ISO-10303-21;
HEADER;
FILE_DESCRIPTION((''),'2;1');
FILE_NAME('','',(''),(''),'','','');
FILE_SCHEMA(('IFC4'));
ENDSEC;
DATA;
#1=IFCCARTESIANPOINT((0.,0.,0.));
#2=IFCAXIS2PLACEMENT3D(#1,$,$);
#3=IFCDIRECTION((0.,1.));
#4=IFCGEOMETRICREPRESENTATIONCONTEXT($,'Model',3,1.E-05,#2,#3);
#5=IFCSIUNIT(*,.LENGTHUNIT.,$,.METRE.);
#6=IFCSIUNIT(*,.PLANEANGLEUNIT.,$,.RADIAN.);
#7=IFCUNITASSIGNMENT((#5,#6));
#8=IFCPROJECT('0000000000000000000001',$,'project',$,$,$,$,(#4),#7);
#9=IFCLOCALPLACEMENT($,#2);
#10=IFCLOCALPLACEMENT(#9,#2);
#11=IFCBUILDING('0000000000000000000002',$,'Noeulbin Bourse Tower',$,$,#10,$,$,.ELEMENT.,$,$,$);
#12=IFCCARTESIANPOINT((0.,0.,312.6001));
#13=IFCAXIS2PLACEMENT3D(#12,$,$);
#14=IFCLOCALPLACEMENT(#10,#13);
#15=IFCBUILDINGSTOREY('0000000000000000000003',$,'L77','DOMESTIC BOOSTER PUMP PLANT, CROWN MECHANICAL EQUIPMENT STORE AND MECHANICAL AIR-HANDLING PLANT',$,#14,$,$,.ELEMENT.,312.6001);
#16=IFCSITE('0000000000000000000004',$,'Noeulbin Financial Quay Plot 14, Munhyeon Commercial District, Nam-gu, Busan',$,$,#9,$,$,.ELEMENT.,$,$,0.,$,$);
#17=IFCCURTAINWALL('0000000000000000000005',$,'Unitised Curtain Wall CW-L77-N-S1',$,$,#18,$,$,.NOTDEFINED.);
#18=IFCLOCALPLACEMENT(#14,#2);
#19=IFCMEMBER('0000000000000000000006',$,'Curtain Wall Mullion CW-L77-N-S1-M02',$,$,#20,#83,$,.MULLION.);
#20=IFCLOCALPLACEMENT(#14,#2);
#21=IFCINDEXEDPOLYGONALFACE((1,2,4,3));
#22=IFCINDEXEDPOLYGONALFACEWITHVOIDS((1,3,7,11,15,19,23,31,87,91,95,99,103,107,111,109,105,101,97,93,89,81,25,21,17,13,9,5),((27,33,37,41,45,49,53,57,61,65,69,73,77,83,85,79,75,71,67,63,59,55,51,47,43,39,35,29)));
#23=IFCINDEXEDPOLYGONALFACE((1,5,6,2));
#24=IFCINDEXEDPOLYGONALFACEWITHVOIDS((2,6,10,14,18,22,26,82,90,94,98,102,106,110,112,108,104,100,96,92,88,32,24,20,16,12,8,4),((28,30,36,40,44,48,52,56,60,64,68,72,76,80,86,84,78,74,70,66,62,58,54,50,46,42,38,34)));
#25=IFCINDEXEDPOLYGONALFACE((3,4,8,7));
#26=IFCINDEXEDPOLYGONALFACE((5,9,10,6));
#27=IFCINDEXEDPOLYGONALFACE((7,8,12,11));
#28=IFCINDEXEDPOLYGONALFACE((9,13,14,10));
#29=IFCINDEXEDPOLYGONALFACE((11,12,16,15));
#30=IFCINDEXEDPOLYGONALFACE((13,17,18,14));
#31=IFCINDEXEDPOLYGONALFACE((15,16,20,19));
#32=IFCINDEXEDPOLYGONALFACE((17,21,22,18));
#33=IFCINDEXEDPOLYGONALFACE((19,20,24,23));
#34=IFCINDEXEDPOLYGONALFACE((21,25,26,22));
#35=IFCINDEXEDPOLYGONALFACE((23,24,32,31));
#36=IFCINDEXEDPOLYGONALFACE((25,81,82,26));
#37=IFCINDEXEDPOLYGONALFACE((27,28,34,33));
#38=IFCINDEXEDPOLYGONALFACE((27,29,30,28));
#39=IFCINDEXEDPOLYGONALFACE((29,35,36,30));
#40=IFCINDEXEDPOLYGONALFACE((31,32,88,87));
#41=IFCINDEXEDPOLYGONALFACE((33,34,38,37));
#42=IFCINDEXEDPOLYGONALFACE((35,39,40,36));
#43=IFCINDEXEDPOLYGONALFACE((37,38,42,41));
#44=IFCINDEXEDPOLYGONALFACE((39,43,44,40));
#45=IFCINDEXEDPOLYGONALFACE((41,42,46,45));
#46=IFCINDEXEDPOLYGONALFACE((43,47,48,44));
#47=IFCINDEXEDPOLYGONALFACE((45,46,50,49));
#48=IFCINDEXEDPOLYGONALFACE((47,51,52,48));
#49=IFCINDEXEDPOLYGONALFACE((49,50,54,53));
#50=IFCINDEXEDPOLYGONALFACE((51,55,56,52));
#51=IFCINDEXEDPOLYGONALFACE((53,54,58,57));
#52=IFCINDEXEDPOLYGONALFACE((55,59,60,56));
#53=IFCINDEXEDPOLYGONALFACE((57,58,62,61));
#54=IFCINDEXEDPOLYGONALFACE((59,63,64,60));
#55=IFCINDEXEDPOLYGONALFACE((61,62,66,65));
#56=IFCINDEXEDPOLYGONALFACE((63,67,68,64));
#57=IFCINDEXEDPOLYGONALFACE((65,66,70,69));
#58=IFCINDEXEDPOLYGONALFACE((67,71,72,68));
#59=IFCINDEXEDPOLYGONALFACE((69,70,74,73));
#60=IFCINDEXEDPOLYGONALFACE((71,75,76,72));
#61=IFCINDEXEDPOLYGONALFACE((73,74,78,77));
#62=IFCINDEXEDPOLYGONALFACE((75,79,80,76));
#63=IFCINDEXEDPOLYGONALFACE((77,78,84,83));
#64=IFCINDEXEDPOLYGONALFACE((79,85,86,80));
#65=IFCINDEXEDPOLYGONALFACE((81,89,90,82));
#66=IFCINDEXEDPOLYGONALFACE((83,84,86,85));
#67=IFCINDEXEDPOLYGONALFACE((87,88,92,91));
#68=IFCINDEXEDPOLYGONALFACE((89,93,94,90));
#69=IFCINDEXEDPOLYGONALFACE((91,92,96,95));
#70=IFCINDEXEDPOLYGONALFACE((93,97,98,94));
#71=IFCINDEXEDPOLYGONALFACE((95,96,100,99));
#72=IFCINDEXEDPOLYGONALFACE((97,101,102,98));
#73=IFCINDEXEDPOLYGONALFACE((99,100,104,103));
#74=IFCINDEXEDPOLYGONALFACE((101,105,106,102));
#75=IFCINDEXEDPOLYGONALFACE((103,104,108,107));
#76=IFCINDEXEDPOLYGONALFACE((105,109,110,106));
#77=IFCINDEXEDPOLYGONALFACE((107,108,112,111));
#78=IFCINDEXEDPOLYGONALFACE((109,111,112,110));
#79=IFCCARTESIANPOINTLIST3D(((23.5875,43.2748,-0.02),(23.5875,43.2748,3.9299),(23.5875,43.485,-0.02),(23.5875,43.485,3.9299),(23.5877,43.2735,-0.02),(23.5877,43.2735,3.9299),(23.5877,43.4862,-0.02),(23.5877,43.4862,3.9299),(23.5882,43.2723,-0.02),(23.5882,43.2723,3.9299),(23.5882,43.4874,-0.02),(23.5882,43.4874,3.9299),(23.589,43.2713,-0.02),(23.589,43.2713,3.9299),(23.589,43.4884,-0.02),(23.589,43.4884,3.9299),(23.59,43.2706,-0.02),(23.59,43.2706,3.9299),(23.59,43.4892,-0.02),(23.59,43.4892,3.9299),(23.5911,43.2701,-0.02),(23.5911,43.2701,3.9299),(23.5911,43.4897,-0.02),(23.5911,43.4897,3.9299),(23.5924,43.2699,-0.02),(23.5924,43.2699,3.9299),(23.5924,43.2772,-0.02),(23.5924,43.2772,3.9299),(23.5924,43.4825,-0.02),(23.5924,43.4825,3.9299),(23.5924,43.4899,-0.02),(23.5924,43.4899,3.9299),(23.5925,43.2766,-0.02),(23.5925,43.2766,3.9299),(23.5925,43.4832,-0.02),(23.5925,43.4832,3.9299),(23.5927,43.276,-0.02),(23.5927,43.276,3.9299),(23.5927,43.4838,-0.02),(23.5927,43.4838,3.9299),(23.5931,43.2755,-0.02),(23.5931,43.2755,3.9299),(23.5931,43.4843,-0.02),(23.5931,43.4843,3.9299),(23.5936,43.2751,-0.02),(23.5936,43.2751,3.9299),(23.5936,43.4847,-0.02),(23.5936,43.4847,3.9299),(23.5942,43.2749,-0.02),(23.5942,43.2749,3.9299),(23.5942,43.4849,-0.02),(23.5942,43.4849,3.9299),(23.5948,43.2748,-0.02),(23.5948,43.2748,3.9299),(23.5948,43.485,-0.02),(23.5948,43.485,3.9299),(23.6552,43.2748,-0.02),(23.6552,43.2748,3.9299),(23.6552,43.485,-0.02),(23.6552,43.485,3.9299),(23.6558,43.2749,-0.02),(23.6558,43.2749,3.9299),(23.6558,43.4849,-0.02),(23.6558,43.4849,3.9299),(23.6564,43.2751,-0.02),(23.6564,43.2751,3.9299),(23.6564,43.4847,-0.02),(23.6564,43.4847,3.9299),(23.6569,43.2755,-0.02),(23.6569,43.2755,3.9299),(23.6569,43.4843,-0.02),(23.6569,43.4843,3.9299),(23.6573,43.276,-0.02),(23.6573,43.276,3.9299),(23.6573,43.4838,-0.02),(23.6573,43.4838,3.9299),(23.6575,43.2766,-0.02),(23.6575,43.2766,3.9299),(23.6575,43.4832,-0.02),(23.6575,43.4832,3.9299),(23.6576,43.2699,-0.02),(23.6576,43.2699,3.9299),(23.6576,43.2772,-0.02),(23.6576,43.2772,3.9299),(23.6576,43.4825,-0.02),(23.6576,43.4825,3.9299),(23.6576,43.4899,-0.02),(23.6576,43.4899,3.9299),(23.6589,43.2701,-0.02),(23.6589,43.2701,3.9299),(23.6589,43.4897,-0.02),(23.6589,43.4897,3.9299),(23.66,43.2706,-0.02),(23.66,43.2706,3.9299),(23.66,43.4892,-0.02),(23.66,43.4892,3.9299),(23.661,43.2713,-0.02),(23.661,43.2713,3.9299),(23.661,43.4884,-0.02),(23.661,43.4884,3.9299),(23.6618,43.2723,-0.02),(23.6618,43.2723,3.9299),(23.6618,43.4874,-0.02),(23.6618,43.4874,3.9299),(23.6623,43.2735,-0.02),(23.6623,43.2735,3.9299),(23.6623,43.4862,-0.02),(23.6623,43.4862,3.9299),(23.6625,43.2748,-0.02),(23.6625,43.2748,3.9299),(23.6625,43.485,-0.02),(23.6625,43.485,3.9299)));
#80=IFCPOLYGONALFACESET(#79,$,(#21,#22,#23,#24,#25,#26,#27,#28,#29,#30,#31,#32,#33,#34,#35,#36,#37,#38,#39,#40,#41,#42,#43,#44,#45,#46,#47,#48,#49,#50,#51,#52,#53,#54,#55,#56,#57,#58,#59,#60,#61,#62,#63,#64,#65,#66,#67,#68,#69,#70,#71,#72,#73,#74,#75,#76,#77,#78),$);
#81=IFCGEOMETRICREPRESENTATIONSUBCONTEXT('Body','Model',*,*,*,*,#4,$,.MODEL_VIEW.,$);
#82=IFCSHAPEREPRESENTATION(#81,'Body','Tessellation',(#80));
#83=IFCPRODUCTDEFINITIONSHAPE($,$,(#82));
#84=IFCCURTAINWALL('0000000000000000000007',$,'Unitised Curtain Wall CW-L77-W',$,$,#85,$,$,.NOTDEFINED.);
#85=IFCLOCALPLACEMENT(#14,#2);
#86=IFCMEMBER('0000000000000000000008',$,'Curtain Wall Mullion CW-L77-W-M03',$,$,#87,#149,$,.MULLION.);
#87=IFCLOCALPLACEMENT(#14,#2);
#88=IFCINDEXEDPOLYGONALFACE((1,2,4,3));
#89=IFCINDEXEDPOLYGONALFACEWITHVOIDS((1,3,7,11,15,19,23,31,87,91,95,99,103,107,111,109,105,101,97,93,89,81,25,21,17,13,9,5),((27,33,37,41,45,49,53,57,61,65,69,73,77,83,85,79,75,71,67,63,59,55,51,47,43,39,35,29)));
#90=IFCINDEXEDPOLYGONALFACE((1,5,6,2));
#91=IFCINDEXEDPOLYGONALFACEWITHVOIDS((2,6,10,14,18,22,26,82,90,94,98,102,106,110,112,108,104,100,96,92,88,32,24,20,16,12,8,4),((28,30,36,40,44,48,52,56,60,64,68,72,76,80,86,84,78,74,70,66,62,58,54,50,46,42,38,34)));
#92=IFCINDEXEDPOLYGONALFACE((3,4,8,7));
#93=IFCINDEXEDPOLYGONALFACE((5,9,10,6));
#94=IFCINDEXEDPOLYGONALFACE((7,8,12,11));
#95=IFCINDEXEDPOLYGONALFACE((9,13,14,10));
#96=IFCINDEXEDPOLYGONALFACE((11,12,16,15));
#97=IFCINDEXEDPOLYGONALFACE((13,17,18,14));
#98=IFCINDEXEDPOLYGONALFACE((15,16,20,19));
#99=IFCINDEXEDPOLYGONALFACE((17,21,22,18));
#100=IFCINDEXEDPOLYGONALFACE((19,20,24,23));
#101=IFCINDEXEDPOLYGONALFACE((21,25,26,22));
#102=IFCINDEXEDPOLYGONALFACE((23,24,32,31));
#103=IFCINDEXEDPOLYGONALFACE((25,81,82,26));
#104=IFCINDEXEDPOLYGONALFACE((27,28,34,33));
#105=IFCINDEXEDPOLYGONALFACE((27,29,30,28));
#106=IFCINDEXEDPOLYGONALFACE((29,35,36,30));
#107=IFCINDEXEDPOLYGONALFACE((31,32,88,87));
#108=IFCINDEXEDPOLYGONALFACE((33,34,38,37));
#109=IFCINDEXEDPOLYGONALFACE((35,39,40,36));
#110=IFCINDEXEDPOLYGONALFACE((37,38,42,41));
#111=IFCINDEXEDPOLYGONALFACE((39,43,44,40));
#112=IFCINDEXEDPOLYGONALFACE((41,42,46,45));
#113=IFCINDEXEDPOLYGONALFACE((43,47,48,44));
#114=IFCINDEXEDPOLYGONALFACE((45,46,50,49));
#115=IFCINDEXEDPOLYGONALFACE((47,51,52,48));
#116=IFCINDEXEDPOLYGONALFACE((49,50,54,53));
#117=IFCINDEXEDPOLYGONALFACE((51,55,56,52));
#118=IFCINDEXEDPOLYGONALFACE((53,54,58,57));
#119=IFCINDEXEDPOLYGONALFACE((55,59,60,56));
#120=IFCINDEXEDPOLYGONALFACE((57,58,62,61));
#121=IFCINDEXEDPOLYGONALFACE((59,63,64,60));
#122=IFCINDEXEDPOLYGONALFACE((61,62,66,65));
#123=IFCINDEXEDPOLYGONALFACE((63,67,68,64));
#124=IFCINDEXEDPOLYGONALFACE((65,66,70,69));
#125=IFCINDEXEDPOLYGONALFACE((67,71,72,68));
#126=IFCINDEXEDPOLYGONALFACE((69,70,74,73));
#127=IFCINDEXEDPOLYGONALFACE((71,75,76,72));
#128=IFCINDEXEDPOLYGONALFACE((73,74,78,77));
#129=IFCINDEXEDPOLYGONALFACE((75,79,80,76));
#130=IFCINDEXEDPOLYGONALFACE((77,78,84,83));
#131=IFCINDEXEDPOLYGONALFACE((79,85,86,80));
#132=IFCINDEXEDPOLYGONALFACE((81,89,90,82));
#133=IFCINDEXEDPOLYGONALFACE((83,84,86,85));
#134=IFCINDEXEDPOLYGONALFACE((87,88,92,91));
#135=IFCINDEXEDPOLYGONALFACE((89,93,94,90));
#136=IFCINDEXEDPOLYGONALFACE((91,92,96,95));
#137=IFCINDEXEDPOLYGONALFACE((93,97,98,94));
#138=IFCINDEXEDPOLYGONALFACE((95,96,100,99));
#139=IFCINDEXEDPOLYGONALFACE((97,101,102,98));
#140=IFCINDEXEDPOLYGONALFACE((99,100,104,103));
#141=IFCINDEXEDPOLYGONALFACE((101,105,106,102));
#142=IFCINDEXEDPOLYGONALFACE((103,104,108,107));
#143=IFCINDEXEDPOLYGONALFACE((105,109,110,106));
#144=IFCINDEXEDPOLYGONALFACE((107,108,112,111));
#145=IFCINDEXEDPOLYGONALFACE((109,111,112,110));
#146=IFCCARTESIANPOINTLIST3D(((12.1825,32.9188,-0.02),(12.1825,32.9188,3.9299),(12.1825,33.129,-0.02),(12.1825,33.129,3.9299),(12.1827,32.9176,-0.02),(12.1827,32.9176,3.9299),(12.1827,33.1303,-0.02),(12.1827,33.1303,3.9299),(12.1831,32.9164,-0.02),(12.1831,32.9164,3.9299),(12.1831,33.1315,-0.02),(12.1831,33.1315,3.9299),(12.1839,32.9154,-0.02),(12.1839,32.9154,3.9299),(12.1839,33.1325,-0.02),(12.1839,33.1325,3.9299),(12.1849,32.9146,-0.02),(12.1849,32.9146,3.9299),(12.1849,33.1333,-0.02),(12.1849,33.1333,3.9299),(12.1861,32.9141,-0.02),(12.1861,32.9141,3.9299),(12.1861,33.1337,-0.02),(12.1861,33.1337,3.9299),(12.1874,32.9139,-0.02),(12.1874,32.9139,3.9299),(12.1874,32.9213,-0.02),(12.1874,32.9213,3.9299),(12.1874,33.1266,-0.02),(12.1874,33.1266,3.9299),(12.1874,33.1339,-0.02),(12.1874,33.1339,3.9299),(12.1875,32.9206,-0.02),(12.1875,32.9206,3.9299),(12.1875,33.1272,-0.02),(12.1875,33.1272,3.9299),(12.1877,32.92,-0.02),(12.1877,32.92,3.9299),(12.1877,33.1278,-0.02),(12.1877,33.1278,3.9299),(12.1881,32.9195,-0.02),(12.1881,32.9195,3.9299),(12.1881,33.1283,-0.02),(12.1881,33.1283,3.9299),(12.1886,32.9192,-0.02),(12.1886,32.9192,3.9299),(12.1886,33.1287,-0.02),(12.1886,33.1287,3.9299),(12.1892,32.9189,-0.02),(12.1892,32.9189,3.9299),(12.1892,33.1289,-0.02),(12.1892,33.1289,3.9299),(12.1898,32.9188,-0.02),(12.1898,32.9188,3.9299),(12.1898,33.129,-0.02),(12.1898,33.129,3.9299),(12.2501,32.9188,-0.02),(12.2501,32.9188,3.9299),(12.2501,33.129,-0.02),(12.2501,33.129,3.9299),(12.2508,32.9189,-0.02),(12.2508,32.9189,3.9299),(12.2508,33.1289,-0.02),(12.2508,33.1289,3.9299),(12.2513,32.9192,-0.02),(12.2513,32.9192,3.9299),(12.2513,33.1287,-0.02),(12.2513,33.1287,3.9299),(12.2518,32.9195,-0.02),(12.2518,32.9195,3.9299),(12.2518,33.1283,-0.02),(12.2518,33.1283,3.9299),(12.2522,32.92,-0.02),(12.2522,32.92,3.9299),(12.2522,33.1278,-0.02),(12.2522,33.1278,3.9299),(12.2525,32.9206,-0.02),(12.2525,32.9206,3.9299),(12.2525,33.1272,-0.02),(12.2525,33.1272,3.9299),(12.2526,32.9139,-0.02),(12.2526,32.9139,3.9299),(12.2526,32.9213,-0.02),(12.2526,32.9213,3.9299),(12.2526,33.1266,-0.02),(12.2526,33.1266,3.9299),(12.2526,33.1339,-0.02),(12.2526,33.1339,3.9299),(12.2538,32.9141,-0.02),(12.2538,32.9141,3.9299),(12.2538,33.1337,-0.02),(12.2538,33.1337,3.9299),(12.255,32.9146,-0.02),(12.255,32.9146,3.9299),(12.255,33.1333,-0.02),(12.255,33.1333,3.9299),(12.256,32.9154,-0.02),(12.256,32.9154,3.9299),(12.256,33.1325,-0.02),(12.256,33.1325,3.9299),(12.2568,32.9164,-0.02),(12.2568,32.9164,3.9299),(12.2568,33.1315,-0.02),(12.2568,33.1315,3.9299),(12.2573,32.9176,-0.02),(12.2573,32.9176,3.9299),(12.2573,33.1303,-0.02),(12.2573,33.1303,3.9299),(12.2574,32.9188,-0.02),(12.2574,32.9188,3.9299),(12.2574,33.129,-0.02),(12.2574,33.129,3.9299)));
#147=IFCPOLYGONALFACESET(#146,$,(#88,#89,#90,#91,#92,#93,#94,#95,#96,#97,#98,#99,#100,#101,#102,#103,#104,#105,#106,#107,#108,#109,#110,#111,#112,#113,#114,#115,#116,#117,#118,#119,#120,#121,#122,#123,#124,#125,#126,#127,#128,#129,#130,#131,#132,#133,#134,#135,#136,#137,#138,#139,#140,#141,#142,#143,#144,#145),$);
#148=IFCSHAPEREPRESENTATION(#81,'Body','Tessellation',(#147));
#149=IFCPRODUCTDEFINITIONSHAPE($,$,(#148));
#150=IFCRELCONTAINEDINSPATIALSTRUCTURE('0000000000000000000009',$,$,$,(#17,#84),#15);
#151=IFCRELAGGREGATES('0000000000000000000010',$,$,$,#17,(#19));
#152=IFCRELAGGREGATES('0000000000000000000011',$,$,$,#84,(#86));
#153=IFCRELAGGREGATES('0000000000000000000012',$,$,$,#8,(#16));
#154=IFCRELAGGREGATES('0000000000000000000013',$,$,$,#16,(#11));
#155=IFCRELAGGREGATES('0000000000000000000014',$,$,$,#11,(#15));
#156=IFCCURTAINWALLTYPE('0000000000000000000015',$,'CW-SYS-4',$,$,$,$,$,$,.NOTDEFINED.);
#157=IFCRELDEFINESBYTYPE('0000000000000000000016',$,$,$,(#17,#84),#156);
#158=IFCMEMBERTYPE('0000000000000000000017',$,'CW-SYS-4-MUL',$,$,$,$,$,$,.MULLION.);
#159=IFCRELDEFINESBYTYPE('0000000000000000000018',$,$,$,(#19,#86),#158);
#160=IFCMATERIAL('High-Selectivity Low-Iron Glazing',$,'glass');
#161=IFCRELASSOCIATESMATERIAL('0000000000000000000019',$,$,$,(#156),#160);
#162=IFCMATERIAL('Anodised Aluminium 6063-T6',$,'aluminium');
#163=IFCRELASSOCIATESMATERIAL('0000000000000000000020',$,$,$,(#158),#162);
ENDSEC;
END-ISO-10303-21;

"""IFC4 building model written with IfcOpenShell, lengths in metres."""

from ifc_helpers import new_model, si_unit, direction, frame, origin, origin_2d, place, context, subcontext, project, spatial, hollow_rectangle, extrude, material, material_profile, profile_set, type_object, element, aggregate, save


model = new_model("IFC4")

# Units and contexts
model_context = context("Model", 3, precision=1e-05, world=origin(), true_north=direction((0.0, 1.0)))
body_context = subcontext(model_context, "Body", "Model", "MODEL_VIEW")
ifc_project = project(units=[si_unit("LENGTHUNIT", "METRE"), si_unit("PLANEANGLEUNIT", "RADIAN")], contexts=[model_context])

# Site, building, storey
site_placement = place(None, origin())
site = spatial("IfcSite", under=ifc_project, at=site_placement, Name="Noeulbin Financial Quay Plot 14, Munhyeon Commercial District, Nam-gu, Busan", CompositionType="ELEMENT", RefElevation=0.0)
building_placement = place(site_placement, origin())
building = spatial("IfcBuilding", under=site, at=building_placement, Name="Noeulbin Bourse Tower", CompositionType="ELEMENT")
storey_placement = place(building_placement, frame((0.0, 0.0, 312.6001)))
storey = spatial("IfcBuildingStorey", under=building, at=storey_placement, Name="L77", Description="DOMESTIC BOOSTER PUMP PLANT, CROWN MECHANICAL EQUIPMENT STORE AND MECHANICAL AIR-HANDLING PLANT", CompositionType="ELEMENT", Elevation=312.6001)

# Curtain walls, members
ifc_material_1 = material(Name="High-Selectivity Low-Iron Glazing", Category="glass")
curtain_wall_type = type_object("IfcCurtainWallType", Name="CW-SYS-4", PredefinedType="NOTDEFINED", material=ifc_material_1)
curtain_wall_1_placement = place(storey_placement, origin())
curtain_wall_1 = element("IfcCurtainWall", 1, at=curtain_wall_1_placement, inside=storey, type_object=curtain_wall_type, Name="Unitised Curtain Wall CW-L77-N-S1", PredefinedType="NOTDEFINED")
ifc_material_2 = material(Name="Anodised Aluminium 6063-T6", Category="aluminium")
ifc_material_profile_1 = material_profile(ifc_material_2, hollow_rectangle(XDim=0.075, YDim=0.22, WallThickness=0.0049, InnerFilletRadius=0.0024, OuterFilletRadius=0.0049, at=origin_2d()), Name="ALU-MULL-75x220x5", Category="LoadBearing")
ifc_profile_set_1 = profile_set([ifc_material_profile_1], Name="Anodised Aluminium 6063-T6")
member_type_1 = type_object("IfcMemberType", Name="CW-SYS-4-MUL", PredefinedType="MULLION", material=ifc_profile_set_1)
member_1_placement = place(storey_placement, frame((23.625, 43.3799, -0.02), z_axis=(0.0, 0.0, 1.0), x_axis=(1.0, 0.0, 0.0)))
member_1 = element("IfcMember", 2, at=member_1_placement, type_object=member_type_1, Name="Curtain Wall Mullion CW-L77-N-S1-M02", PredefinedType="MULLION", context=body_context, shape_type="SweptSolid", body=[
    extrude(hollow_rectangle(XDim=0.075, YDim=0.22, WallThickness=0.0049, InnerFilletRadius=0.0024, OuterFilletRadius=0.0049, at=origin_2d()), origin(), (0.0, 0.0, 1.0), 3.95),
])
curtain_wall_2_placement = place(storey_placement, origin())
curtain_wall_2 = element("IfcCurtainWall", 3, at=curtain_wall_2_placement, inside=storey, type_object=curtain_wall_type, Name="Unitised Curtain Wall CW-L77-W", PredefinedType="NOTDEFINED")
member_2_placement = place(storey_placement, frame((12.22, 33.0239, -0.02), z_axis=(0.0, 0.0, 1.0), x_axis=(1.0, 0.0, 0.0)))
member_2 = element("IfcMember", 4, at=member_2_placement, type_object=member_type_1, Name="Curtain Wall Mullion CW-L77-W-M03", PredefinedType="MULLION", context=body_context, shape_type="SweptSolid", body=[
    extrude(hollow_rectangle(XDim=0.075, YDim=0.22, WallThickness=0.0049, InnerFilletRadius=0.0024, OuterFilletRadius=0.0049, at=origin_2d()), origin(), (0.0, 0.0, 1.0), 3.95),
])

aggregate(curtain_wall_1, [member_1])
aggregate(curtain_wall_2, [member_2])

save(model, "model.ifc")
